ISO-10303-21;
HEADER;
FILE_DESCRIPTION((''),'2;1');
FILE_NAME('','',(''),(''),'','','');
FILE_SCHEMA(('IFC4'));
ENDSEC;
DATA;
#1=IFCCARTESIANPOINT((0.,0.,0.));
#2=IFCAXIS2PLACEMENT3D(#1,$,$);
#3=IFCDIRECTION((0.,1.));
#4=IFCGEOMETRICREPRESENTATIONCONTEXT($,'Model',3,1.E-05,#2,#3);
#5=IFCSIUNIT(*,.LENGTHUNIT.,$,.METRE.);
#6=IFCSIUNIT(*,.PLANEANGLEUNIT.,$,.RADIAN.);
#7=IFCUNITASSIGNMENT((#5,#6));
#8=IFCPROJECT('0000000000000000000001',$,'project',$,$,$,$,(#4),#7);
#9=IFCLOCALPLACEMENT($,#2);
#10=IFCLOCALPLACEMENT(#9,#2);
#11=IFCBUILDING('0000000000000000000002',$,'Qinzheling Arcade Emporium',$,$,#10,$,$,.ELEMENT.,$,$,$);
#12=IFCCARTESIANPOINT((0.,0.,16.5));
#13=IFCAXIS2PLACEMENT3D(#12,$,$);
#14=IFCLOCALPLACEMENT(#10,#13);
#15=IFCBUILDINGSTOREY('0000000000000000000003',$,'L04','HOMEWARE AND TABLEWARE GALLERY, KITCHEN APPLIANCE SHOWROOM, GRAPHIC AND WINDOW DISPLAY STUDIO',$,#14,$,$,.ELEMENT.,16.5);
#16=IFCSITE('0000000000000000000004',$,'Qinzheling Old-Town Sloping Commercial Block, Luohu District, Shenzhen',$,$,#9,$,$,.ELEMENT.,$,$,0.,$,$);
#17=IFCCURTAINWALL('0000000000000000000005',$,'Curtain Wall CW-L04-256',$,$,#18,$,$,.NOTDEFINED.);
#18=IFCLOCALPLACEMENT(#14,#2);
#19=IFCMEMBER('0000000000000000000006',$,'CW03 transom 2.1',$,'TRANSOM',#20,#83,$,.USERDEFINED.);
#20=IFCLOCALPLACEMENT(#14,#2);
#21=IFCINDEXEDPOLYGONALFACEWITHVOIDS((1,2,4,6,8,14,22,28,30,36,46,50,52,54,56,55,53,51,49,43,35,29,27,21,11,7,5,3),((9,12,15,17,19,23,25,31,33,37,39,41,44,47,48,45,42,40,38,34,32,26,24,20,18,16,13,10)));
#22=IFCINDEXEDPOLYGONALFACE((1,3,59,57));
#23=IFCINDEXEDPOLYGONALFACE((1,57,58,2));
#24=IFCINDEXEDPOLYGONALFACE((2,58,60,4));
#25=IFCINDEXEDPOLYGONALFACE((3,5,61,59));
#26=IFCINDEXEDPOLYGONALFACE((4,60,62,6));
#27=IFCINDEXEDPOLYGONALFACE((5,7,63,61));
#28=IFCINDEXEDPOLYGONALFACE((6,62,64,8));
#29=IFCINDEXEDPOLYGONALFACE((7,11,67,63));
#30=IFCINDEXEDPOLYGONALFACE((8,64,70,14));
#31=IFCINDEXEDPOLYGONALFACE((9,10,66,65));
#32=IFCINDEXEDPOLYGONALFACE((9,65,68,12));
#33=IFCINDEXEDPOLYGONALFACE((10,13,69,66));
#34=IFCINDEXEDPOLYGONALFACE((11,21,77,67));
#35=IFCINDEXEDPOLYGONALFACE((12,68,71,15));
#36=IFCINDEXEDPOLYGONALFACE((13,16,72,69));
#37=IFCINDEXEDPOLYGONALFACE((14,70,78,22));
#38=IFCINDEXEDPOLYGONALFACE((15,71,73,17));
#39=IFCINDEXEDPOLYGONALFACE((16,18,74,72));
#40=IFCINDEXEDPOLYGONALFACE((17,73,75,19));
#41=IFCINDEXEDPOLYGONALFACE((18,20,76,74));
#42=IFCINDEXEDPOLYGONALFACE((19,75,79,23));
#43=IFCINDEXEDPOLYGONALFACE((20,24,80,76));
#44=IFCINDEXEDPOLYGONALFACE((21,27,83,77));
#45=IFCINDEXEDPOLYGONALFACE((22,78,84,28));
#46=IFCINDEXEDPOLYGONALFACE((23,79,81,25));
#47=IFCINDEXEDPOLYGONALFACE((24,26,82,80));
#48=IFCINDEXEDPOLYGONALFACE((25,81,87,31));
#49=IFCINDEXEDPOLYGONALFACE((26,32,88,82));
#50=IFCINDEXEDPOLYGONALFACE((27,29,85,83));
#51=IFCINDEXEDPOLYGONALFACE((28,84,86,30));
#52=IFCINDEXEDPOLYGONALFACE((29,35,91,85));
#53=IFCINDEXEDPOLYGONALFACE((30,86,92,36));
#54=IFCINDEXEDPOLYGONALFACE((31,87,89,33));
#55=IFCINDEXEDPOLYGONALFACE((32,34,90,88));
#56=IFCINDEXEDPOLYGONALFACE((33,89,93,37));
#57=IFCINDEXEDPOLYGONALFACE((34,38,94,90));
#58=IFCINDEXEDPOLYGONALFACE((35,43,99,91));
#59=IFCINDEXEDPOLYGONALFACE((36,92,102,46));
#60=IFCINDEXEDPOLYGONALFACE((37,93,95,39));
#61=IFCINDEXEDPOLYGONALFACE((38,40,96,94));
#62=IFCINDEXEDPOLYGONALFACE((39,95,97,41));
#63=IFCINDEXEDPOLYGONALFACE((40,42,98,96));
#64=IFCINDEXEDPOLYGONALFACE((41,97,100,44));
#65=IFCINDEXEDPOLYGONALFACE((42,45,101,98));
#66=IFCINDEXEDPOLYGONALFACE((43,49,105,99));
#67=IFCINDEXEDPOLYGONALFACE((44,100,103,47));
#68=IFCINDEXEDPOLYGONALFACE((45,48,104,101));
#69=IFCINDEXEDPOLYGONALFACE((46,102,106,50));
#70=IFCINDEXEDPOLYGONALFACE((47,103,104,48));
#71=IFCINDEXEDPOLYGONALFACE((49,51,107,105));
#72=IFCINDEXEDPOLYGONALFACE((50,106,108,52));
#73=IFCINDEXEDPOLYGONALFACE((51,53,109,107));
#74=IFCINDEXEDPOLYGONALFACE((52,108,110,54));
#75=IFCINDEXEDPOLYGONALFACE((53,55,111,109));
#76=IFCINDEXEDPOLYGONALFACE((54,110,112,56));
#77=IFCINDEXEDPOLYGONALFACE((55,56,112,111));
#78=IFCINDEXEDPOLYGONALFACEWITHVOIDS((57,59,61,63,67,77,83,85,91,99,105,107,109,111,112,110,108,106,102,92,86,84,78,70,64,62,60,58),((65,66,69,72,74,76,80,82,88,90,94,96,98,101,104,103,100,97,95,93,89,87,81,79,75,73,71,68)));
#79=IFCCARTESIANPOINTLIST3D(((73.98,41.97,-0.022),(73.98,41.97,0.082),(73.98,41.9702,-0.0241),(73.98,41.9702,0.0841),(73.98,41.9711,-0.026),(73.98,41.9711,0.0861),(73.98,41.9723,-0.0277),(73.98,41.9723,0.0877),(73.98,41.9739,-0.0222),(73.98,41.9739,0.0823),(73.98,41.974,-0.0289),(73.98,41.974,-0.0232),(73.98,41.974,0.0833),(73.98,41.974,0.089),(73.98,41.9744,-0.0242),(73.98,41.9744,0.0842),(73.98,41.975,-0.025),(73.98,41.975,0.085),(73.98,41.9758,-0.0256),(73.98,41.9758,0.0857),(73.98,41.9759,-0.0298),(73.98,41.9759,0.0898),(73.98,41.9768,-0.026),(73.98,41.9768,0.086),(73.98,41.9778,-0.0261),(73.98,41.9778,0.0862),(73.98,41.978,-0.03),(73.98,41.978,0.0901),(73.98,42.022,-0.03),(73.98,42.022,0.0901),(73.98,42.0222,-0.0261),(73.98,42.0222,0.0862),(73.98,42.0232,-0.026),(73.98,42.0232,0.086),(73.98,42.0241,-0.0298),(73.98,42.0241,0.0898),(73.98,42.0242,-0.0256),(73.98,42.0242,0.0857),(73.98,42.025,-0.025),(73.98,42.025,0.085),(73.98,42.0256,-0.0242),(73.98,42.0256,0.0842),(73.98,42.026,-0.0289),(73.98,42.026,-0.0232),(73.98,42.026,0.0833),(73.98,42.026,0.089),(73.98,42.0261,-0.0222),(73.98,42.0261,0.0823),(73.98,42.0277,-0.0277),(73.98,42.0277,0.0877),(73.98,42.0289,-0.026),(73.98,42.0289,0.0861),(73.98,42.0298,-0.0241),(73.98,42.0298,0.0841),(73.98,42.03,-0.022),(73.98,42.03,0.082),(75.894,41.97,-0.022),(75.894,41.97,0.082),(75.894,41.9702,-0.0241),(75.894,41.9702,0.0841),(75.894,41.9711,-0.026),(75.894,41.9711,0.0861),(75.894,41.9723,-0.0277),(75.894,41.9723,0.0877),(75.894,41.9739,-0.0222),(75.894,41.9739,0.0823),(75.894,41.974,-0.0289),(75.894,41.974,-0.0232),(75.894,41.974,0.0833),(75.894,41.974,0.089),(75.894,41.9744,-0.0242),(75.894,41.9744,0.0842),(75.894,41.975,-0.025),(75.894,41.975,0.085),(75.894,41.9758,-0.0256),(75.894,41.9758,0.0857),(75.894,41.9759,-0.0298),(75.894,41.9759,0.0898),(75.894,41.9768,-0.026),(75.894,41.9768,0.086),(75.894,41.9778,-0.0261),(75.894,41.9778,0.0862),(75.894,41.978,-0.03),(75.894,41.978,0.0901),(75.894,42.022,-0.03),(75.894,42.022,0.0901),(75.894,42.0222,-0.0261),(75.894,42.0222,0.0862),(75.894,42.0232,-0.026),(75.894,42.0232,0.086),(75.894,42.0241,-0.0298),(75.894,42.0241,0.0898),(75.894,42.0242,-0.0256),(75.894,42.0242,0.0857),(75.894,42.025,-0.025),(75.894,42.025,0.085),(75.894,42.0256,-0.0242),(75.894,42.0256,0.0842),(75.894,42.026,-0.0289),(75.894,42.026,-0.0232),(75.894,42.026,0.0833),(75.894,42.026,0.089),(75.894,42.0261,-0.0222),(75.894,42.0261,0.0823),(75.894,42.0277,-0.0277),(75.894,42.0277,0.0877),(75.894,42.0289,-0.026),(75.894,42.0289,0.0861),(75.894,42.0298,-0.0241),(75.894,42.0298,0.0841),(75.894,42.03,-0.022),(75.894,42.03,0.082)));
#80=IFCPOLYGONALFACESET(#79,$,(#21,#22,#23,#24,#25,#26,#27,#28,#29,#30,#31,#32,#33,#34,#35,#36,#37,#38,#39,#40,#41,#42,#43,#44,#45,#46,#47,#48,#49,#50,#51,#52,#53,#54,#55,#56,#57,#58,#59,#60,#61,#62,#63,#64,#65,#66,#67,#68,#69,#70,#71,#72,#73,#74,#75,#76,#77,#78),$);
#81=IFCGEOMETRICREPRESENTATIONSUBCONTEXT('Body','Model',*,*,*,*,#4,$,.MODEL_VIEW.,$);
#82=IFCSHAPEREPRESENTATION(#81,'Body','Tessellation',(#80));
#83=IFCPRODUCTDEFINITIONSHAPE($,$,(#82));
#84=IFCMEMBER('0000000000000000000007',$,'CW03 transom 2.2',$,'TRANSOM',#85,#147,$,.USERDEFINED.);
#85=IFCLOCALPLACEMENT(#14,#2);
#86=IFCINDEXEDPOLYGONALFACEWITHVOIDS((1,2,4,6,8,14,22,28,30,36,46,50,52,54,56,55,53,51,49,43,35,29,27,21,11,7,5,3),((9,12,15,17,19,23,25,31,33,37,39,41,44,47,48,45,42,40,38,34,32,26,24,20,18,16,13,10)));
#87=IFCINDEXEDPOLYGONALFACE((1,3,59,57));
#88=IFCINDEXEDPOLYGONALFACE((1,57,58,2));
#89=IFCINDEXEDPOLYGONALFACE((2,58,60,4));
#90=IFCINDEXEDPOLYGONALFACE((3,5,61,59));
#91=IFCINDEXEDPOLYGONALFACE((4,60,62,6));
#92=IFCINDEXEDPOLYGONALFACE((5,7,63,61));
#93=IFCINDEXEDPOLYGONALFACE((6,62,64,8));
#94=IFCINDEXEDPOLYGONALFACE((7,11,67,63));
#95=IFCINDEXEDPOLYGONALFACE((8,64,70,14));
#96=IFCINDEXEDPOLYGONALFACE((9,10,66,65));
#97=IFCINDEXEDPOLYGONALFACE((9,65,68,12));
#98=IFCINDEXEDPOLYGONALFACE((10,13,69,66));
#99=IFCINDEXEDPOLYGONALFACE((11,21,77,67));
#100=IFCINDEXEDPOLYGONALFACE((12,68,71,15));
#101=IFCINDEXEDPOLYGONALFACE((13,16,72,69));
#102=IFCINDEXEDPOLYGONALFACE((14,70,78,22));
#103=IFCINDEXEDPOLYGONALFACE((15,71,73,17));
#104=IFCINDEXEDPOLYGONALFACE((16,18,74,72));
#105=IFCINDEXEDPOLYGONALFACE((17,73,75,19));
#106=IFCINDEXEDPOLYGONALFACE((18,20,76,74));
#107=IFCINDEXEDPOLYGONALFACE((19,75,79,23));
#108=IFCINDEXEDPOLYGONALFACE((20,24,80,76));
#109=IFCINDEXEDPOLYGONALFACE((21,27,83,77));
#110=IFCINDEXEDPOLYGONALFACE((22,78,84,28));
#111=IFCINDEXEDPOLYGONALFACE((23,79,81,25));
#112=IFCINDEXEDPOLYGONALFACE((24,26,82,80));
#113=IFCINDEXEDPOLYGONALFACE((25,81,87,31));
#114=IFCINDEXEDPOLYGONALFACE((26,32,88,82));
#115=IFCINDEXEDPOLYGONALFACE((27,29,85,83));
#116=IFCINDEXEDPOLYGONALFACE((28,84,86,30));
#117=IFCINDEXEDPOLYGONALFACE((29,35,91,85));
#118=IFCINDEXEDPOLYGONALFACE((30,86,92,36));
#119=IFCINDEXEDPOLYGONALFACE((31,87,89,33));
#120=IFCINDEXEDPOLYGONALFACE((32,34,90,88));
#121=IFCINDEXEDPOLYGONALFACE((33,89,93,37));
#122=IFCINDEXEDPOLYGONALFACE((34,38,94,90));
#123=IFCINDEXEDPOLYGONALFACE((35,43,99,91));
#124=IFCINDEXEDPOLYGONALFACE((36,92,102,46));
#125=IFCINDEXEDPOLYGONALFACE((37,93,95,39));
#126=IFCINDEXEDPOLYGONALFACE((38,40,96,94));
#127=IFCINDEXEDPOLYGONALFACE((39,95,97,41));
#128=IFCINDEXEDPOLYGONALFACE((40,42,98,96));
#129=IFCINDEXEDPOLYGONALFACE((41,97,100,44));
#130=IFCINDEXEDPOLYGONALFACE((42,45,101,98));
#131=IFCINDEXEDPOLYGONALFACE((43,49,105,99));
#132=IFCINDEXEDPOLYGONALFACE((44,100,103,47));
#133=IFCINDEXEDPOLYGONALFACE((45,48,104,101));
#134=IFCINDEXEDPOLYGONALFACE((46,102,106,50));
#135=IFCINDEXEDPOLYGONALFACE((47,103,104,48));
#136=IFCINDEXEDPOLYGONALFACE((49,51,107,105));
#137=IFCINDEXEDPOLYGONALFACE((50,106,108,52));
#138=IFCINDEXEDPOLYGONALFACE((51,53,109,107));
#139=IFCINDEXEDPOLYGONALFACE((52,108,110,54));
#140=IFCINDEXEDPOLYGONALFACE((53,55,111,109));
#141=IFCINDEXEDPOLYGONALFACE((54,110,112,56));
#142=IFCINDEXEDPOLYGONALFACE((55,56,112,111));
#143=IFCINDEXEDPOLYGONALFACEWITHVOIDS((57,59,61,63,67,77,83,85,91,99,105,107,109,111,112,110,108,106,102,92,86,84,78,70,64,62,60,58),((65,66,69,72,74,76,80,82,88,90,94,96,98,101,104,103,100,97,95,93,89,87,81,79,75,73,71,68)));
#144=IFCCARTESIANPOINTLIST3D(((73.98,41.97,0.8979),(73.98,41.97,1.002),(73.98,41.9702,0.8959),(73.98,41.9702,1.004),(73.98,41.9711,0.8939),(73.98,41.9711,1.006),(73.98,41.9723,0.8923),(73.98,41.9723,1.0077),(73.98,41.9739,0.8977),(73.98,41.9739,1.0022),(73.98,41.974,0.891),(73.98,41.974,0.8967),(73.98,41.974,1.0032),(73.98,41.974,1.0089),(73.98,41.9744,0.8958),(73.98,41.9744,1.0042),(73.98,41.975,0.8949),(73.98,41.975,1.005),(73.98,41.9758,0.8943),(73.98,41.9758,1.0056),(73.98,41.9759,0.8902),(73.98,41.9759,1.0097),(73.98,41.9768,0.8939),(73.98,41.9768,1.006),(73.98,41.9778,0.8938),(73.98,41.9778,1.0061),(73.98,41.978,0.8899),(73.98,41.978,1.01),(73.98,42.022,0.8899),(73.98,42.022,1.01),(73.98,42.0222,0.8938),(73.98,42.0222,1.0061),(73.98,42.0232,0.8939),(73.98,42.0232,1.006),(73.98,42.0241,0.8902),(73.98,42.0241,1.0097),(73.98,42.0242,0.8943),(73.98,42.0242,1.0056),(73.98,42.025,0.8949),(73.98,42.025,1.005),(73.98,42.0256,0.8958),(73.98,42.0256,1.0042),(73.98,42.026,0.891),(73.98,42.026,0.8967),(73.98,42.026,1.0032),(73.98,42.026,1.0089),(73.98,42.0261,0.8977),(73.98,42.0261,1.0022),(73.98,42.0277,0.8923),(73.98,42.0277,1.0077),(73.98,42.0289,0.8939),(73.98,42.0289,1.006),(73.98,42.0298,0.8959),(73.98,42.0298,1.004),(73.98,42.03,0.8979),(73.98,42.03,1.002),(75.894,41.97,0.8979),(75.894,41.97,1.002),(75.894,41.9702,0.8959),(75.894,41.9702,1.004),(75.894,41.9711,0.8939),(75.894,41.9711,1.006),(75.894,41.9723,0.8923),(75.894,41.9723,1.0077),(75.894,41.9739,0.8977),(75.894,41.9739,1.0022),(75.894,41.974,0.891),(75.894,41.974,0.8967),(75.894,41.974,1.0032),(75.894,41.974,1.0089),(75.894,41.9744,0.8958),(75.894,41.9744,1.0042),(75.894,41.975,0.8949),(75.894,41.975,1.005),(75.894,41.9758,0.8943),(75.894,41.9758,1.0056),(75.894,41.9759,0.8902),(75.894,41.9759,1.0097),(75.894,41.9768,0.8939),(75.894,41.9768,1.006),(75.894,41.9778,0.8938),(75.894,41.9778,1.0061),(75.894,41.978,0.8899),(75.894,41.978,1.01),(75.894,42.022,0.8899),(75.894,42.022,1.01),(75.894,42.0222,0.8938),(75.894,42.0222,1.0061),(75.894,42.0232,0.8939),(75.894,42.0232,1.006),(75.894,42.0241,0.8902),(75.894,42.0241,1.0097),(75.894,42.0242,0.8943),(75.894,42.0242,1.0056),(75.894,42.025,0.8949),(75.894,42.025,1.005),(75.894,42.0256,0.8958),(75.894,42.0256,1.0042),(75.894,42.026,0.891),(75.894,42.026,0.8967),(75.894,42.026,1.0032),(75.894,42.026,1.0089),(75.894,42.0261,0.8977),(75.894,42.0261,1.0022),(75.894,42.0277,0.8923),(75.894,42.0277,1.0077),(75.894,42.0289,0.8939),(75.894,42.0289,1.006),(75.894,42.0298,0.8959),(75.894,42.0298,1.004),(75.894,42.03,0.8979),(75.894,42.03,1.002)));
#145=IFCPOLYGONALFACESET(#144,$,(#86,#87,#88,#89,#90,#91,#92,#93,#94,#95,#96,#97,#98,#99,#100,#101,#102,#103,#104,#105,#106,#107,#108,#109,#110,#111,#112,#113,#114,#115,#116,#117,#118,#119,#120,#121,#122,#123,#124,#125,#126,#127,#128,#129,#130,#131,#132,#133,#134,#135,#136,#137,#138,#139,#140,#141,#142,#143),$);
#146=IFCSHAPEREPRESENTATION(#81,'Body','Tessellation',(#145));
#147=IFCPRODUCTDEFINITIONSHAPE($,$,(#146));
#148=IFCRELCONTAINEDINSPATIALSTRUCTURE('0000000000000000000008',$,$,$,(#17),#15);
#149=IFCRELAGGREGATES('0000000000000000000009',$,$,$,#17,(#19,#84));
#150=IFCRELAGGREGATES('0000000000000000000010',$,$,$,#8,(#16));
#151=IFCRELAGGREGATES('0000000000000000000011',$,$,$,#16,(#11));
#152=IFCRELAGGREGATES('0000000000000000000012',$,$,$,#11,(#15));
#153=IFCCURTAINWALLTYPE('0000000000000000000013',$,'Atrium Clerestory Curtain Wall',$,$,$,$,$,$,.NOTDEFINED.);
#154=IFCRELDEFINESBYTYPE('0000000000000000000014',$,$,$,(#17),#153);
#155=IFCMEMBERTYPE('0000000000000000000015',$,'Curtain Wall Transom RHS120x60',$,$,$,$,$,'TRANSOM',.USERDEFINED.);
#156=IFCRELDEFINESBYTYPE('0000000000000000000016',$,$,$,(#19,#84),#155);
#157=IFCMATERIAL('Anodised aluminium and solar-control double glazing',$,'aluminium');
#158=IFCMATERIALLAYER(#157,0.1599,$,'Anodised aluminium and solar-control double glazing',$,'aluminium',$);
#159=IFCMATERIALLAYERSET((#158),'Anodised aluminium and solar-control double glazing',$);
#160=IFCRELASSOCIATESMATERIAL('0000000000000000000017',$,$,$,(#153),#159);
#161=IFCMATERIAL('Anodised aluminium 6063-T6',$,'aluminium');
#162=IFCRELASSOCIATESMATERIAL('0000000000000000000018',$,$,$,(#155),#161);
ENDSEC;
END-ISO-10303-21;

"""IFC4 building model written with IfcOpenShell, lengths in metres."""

from ifc_helpers import new_model, si_unit, direction, frame, origin, origin_2d, place, context, subcontext, project, spatial, hollow_rectangle, extrude, material, layer, layer_set, material_profile, profile_set, type_object, element, aggregate, save


model = new_model("IFC4")

# Units and contexts
model_context = context("Model", 3, precision=1e-05, world=origin(), true_north=direction((0.0, 1.0)))
body_context = subcontext(model_context, "Body", "Model", "MODEL_VIEW")
ifc_project = project(units=[si_unit("LENGTHUNIT", "METRE"), si_unit("PLANEANGLEUNIT", "RADIAN")], contexts=[model_context])

# Site, building, storey
site_placement = place(None, origin())
site = spatial("IfcSite", under=ifc_project, at=site_placement, Name="Qinzheling Old-Town Sloping Commercial Block, Luohu District, Shenzhen", CompositionType="ELEMENT", RefElevation=0.0)
building_placement = place(site_placement, origin())
building = spatial("IfcBuilding", under=site, at=building_placement, Name="Qinzheling Arcade Emporium", CompositionType="ELEMENT")
storey_placement = place(building_placement, frame((0.0, 0.0, 16.5)))
storey = spatial("IfcBuildingStorey", under=building, at=storey_placement, Name="L04", Description="HOMEWARE AND TABLEWARE GALLERY, KITCHEN APPLIANCE SHOWROOM, GRAPHIC AND WINDOW DISPLAY STUDIO", CompositionType="ELEMENT", Elevation=16.5)

# Curtain wall
ifc_material_1 = material(Name="Anodised aluminium and solar-control double glazing", Category="aluminium")
ifc_layer_1 = layer(ifc_material_1, 0.1599, Name="Anodised aluminium and solar-control double glazing", Category="aluminium")
ifc_layer_set_1 = layer_set([ifc_layer_1], Name="Anodised aluminium and solar-control double glazing")
curtain_wall_type = type_object("IfcCurtainWallType", Name="Atrium Clerestory Curtain Wall", PredefinedType="NOTDEFINED", material=ifc_layer_set_1)
ifc_material_2 = material(Name="Anodised aluminium 6063-T6", Category="aluminium")
curtain_wall_1_placement = place(storey_placement, origin())
curtain_wall_1 = element("IfcCurtainWall", 1, at=curtain_wall_1_placement, inside=storey, type_object=curtain_wall_type, Name="Curtain Wall CW-L04-256", PredefinedType="NOTDEFINED")

# Members
ifc_material_profile_1 = material_profile(ifc_material_2, hollow_rectangle(XDim=0.0601, YDim=0.1201, WallThickness=0.0039, InnerFilletRadius=0.0039, OuterFilletRadius=0.0081, at=origin_2d()), Name="RHS 120x60x4", Category="aluminium")
ifc_profile_set_1 = profile_set([ifc_material_profile_1], Name="Anodised aluminium 6063-T6")
member_type_1 = type_object("IfcMemberType", Name="Curtain Wall Transom RHS120x60", ElementType="TRANSOM", PredefinedType="USERDEFINED", material=ifc_profile_set_1)
member_1_placement = place(storey_placement, frame((75.894, 42.0, 0.03), z_axis=(-1.0, 0.0, 0.0), x_axis=(0.0, -1.0, 0.0)))
member_1 = element("IfcMember", 2, at=member_1_placement, type_object=member_type_1, Name="CW03 transom 2.1", ObjectType="TRANSOM", PredefinedType="USERDEFINED", context=body_context, shape_type="SweptSolid", body=[
    extrude(hollow_rectangle(XDim=0.0601, YDim=0.1201, WallThickness=0.0039, InnerFilletRadius=0.0039, OuterFilletRadius=0.0081, at=origin_2d()), origin(), (0.0, 0.0, 1.0), 1.9141),
])
member_2_placement = place(storey_placement, frame((75.894, 42.0, 0.95), z_axis=(-1.0, 0.0, 0.0), x_axis=(0.0, -1.0, 0.0)))
member_2 = element("IfcMember", 3, at=member_2_placement, type_object=member_type_1, Name="CW03 transom 2.2", ObjectType="TRANSOM", PredefinedType="USERDEFINED", context=body_context, shape_type="SweptSolid", body=[
    extrude(hollow_rectangle(XDim=0.0601, YDim=0.1201, WallThickness=0.0039, InnerFilletRadius=0.0039, OuterFilletRadius=0.0081, at=origin_2d()), origin(), (0.0, 0.0, 1.0), 1.9141),
])

aggregate(curtain_wall_1, [member_1, member_2])

save(model, "model.ifc")
